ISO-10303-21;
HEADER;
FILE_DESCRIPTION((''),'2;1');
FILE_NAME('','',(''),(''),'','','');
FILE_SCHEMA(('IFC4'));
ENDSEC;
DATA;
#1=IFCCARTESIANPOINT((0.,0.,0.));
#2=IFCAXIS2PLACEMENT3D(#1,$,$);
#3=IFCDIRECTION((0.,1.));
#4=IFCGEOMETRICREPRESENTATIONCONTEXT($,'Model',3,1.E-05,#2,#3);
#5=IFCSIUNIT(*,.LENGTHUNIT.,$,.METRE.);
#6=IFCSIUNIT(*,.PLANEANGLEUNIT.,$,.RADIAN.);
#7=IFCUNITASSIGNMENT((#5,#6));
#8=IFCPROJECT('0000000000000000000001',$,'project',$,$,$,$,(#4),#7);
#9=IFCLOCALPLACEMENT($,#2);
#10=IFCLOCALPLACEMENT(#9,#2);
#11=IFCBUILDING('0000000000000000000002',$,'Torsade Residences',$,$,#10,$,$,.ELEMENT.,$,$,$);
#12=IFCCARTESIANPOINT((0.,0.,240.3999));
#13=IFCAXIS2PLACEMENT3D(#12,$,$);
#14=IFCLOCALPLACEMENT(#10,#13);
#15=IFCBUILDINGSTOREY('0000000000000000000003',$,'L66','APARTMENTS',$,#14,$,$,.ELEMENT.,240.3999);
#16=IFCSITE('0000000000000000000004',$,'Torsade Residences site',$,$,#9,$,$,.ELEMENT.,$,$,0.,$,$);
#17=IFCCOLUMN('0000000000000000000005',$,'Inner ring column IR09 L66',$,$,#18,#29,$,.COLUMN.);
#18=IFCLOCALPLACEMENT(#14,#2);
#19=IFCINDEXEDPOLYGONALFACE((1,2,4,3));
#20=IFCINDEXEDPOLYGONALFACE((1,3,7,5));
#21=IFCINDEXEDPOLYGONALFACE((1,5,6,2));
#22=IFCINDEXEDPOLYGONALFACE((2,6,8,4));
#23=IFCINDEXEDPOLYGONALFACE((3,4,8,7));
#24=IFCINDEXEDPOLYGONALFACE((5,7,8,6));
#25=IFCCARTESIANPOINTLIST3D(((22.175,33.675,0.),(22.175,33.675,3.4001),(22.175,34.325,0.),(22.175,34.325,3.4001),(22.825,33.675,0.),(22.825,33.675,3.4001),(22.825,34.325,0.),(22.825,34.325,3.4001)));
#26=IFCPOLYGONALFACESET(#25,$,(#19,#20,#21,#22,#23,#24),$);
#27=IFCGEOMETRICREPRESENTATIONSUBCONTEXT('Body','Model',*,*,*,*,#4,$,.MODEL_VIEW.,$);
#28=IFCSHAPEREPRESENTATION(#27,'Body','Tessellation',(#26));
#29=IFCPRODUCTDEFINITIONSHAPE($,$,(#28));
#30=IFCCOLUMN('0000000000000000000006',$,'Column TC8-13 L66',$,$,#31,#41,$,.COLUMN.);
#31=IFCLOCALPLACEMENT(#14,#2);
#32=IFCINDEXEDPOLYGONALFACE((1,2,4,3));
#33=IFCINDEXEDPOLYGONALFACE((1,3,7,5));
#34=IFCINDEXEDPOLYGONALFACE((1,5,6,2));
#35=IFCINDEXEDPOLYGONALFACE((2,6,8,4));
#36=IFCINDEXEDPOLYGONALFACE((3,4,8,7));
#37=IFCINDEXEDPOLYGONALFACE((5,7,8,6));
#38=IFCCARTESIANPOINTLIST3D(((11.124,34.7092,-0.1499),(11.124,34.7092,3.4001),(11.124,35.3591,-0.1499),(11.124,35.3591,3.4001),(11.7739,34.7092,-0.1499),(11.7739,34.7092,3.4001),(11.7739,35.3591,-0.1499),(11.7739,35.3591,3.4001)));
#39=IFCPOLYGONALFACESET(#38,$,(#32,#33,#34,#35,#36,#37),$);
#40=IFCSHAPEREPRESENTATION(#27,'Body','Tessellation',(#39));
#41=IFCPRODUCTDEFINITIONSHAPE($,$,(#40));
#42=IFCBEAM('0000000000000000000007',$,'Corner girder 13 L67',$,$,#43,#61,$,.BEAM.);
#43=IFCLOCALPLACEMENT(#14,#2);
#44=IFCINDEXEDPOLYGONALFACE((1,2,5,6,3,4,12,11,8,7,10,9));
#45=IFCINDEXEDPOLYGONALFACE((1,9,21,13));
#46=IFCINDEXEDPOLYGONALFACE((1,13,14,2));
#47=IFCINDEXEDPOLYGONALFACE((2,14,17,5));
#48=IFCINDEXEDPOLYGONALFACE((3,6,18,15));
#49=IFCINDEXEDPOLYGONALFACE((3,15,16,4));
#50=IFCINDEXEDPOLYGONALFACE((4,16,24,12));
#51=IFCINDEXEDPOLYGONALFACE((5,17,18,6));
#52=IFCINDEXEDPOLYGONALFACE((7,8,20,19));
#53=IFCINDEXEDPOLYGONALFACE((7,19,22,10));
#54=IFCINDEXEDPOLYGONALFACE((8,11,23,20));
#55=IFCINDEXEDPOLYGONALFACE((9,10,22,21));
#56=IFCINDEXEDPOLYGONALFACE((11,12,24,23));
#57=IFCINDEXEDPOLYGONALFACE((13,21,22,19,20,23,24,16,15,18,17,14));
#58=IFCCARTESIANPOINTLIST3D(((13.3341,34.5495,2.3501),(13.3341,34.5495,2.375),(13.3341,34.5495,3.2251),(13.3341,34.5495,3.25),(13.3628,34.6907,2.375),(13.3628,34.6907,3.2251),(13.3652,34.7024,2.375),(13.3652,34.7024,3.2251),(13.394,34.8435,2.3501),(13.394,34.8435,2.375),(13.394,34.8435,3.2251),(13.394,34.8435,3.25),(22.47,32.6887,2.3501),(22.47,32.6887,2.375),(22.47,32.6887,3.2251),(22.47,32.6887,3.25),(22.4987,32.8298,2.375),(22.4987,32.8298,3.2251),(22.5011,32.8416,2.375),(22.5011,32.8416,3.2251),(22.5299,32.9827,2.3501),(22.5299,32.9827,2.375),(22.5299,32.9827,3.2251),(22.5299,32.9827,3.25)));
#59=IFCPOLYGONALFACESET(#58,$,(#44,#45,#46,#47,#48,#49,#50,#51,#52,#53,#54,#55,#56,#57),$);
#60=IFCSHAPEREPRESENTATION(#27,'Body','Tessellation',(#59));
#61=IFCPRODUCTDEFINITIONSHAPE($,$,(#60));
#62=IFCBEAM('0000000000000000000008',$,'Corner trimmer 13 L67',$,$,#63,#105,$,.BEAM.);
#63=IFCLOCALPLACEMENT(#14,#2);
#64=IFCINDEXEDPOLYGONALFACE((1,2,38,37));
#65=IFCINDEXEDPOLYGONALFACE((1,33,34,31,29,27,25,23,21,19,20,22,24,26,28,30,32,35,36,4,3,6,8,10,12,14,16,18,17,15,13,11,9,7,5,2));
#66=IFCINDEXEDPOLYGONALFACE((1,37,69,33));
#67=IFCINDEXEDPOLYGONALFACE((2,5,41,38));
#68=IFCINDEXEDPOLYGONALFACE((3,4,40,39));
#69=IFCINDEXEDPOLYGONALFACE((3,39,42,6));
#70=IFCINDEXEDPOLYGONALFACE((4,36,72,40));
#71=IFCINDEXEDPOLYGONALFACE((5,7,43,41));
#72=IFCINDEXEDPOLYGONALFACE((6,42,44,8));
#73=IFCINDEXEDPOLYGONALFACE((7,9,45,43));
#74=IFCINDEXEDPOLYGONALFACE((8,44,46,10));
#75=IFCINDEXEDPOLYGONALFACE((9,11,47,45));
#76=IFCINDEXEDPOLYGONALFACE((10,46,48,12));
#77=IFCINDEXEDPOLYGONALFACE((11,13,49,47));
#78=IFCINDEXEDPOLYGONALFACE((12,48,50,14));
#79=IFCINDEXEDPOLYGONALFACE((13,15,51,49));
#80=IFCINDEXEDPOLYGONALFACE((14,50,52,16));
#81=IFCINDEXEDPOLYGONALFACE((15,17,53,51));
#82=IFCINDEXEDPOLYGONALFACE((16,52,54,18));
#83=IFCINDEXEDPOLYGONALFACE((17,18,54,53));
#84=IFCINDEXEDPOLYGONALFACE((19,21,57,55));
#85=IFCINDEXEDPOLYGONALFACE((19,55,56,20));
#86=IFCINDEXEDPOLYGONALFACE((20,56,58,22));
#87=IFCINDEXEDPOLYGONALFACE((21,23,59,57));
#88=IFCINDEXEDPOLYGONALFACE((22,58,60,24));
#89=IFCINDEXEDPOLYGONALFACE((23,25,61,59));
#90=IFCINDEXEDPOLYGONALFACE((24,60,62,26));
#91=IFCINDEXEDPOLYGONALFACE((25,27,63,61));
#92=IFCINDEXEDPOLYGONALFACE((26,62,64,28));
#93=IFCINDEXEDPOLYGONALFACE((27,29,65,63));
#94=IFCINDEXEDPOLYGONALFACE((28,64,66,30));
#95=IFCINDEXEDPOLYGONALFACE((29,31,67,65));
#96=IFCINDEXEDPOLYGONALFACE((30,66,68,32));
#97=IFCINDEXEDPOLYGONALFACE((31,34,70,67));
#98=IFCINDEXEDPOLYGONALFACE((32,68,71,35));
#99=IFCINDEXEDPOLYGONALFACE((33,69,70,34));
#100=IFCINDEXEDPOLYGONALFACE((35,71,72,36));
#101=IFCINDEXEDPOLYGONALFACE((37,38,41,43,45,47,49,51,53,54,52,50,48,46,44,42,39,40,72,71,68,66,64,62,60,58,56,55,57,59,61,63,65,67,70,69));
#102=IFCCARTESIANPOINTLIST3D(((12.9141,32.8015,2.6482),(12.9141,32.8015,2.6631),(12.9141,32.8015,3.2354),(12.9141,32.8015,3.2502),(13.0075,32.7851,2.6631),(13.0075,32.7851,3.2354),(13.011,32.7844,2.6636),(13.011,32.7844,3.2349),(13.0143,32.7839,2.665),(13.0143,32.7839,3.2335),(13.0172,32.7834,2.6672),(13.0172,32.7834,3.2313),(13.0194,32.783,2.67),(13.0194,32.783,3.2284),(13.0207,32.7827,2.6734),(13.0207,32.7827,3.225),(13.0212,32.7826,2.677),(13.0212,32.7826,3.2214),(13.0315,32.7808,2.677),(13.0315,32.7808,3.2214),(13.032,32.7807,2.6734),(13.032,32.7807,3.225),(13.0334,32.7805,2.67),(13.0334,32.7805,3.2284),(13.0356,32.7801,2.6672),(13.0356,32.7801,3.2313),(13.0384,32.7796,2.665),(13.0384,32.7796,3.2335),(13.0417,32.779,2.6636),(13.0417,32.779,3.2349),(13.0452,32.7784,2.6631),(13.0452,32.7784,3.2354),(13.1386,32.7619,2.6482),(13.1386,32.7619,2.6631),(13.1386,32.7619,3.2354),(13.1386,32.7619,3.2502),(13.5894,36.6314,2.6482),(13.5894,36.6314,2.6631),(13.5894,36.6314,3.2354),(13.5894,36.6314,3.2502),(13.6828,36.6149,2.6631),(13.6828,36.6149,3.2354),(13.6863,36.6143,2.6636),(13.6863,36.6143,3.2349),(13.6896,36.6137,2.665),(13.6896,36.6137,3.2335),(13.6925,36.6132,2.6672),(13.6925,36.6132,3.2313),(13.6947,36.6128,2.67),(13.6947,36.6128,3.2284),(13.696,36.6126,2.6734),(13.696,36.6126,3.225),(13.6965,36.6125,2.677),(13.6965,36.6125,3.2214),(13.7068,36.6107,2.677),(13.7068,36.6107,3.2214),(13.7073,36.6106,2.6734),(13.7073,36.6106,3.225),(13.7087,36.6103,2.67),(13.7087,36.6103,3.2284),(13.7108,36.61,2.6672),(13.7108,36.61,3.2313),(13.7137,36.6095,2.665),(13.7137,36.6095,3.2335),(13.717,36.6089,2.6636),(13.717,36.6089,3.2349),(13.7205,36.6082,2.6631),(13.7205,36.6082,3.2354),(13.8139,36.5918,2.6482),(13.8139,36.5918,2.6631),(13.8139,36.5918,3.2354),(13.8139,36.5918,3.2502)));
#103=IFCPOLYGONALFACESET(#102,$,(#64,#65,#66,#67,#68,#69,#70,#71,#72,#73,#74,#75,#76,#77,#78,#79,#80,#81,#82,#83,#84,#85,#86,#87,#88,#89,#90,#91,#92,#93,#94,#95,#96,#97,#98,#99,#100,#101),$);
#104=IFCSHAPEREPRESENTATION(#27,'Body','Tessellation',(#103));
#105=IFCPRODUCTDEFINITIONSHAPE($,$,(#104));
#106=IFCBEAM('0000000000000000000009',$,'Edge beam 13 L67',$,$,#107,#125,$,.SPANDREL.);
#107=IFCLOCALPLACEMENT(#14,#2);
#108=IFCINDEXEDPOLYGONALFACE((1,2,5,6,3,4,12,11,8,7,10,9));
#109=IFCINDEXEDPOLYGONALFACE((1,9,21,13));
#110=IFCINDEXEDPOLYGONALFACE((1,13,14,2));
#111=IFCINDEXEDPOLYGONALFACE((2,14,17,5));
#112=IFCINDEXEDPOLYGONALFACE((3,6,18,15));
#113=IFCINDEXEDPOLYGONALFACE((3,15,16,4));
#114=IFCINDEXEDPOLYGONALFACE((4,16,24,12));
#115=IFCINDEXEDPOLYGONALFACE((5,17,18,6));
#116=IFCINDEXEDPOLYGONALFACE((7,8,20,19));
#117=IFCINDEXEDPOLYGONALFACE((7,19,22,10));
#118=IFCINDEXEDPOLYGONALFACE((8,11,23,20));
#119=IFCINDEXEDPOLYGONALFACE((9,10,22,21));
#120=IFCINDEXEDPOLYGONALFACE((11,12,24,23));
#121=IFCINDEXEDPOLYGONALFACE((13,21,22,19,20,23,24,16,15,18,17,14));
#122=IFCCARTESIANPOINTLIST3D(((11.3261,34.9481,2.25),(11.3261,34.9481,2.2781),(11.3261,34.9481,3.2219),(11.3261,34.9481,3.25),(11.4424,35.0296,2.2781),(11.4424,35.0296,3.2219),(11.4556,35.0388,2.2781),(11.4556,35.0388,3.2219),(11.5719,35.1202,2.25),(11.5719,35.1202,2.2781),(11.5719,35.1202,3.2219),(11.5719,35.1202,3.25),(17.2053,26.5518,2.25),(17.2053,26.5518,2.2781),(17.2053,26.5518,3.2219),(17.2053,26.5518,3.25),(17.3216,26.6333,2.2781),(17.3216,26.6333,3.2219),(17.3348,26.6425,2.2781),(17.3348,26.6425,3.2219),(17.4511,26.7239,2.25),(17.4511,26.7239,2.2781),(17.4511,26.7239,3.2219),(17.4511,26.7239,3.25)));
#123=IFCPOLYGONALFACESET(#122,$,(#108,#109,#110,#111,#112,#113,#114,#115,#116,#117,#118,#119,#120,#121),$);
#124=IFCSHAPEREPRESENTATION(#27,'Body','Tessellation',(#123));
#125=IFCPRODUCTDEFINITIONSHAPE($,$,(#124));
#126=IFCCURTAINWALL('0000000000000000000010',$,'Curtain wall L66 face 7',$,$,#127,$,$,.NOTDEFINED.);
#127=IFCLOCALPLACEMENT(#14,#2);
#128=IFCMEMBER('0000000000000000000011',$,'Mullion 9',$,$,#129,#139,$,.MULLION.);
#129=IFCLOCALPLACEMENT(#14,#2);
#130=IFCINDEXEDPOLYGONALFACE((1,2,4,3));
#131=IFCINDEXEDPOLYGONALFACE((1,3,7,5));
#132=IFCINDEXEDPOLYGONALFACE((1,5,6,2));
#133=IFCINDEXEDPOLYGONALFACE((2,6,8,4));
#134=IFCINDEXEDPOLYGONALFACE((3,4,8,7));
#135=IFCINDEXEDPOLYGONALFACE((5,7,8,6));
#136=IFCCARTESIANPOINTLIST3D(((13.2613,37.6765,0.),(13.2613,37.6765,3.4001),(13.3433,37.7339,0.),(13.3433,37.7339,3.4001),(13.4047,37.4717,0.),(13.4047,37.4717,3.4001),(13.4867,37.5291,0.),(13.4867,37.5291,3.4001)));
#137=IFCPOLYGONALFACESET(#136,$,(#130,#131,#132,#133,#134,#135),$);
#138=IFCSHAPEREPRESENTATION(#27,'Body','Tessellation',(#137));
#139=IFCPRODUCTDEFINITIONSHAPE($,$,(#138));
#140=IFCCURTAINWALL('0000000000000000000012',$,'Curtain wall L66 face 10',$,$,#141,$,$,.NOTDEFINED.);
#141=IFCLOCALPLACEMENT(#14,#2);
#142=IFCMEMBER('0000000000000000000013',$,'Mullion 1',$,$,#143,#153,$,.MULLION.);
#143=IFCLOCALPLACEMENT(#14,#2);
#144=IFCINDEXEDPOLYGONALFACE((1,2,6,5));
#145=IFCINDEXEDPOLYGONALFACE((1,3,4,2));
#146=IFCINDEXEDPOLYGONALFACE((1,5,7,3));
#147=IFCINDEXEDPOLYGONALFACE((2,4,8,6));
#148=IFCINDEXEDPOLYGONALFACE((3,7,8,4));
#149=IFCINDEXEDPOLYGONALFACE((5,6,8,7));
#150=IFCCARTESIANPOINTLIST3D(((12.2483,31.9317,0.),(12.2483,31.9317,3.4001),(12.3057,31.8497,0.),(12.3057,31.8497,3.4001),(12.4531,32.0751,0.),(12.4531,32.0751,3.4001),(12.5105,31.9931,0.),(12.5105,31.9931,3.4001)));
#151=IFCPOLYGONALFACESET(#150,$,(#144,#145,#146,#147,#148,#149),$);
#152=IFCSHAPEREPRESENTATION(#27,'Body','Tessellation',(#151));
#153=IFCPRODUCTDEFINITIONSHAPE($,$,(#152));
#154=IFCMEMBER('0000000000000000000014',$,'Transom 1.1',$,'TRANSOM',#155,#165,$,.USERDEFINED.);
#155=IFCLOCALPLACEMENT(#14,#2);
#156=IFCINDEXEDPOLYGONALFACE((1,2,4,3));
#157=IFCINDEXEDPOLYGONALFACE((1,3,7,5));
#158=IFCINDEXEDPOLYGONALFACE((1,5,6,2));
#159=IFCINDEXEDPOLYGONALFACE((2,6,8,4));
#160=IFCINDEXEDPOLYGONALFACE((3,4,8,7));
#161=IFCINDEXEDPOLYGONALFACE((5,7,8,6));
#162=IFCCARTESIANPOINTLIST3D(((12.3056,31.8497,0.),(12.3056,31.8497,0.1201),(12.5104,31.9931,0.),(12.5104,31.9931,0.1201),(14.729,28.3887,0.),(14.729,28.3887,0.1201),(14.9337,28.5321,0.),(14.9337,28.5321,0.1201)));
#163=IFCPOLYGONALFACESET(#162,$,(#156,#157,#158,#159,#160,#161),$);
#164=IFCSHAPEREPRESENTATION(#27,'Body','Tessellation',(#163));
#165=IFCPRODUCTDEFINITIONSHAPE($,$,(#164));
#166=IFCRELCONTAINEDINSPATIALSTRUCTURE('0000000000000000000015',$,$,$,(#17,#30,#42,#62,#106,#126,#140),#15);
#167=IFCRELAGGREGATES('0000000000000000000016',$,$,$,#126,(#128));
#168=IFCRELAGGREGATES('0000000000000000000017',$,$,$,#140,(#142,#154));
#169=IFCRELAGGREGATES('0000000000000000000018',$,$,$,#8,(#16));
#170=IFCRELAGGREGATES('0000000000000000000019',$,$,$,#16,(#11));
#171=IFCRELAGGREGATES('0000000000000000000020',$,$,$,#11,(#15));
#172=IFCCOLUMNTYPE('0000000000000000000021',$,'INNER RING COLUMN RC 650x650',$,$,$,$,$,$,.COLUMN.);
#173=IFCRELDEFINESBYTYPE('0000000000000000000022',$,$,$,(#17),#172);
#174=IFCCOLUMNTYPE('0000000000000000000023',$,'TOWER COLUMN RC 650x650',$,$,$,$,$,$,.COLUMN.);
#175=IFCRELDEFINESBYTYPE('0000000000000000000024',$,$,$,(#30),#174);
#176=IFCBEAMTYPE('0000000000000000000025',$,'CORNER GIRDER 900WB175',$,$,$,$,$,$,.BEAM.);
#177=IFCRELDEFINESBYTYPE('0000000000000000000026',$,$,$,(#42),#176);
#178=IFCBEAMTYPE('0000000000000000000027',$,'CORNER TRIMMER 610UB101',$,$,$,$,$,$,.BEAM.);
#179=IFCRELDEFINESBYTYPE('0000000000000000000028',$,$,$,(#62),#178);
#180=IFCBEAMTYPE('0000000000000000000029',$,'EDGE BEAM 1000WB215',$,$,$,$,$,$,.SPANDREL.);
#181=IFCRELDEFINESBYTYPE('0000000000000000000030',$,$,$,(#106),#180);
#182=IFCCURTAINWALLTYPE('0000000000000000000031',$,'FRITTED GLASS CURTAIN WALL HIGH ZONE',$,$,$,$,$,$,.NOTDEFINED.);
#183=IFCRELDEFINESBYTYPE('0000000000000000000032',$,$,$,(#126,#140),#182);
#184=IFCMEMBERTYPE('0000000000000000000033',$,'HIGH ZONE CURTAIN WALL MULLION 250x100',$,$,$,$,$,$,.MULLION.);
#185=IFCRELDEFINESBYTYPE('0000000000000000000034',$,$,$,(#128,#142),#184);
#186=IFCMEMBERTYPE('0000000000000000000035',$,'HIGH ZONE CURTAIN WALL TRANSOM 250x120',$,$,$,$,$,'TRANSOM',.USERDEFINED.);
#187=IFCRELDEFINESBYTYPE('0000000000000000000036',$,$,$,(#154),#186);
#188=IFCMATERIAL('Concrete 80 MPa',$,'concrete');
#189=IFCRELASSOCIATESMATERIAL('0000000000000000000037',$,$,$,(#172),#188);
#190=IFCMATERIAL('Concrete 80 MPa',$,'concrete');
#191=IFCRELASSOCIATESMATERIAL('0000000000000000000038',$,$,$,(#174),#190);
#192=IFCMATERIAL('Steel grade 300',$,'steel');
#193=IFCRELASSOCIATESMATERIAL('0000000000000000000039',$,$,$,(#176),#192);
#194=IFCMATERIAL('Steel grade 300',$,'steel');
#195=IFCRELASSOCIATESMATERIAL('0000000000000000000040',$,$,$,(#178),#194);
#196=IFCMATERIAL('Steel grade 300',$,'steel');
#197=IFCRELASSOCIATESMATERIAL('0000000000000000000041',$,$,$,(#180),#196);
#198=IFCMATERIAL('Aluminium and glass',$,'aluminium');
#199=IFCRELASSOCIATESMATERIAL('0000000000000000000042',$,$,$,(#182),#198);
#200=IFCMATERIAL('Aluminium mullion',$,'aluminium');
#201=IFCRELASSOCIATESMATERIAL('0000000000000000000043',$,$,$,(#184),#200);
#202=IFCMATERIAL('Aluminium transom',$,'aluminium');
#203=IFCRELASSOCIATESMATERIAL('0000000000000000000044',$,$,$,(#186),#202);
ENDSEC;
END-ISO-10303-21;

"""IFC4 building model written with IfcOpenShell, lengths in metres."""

from ifc_helpers import new_model, si_unit, direction, frame, origin, origin_2d, place, context, subcontext, project, spatial, rectangle, i_section, extrude, material, material_profile, profile_set, type_object, element, aggregate, save


model = new_model("IFC4")

# Units and contexts
model_context = context("Model", 3, precision=1e-05, world=origin(), true_north=direction((0.0, 1.0)))
body_context = subcontext(model_context, "Body", "Model", "MODEL_VIEW")
ifc_project = project(units=[si_unit("LENGTHUNIT", "METRE"), si_unit("PLANEANGLEUNIT", "RADIAN")], contexts=[model_context])

# Site, building, storey
site_placement = place(None, origin())
site = spatial("IfcSite", under=ifc_project, at=site_placement, Name="Torsade Residences site", CompositionType="ELEMENT", RefElevation=0.0)
building_placement = place(site_placement, origin())
building = spatial("IfcBuilding", under=site, at=building_placement, Name="Torsade Residences", CompositionType="ELEMENT")
storey_placement = place(building_placement, frame((0.0, 0.0, 240.3999)))
storey = spatial("IfcBuildingStorey", under=building, at=storey_placement, Name="L66", Description="APARTMENTS", CompositionType="ELEMENT", Elevation=240.3999)

# Columns
ifc_material_1 = material(Name="Concrete 80 MPa", Category="concrete")
ifc_material_profile_1 = material_profile(ifc_material_1, rectangle(XDim=0.6499, YDim=0.6499, at=origin_2d()), Name="RC 650x650")
ifc_profile_set_1 = profile_set([ifc_material_profile_1], Name="Concrete 80 MPa")
column_type_1 = type_object("IfcColumnType", Name="INNER RING COLUMN RC 650x650", PredefinedType="COLUMN", material=ifc_profile_set_1)
column_1_placement = place(storey_placement, frame((22.5, 34.0, 0.0), z_axis=(0.0, 0.0, 1.0), x_axis=(1.0, 0.0, 0.0)))
element("IfcColumn", 1, at=column_1_placement, inside=storey, type_object=column_type_1, Name="Inner ring column IR09 L66", PredefinedType="COLUMN", context=body_context, shape_type="SweptSolid", body=[
    extrude(rectangle(XDim=0.6499, YDim=0.6499, at=origin_2d()), origin(), (0.0, 0.0, 1.0), 3.4001),
])
ifc_material_2 = material(Name="Concrete 80 MPa", Category="concrete")
ifc_material_profile_2 = material_profile(ifc_material_2, rectangle(XDim=0.6499, YDim=0.6499, at=origin_2d()), Name="RC 650x650")
ifc_profile_set_2 = profile_set([ifc_material_profile_2], Name="Concrete 80 MPa")
column_type_2 = type_object("IfcColumnType", Name="TOWER COLUMN RC 650x650", PredefinedType="COLUMN", material=ifc_profile_set_2)
column_2_placement = place(storey_placement, frame((11.449, 35.0342, -0.1499), z_axis=(0.0, 0.0, 1.0), x_axis=(1.0, 0.0, 0.0)))
element("IfcColumn", 2, at=column_2_placement, inside=storey, type_object=column_type_2, Name="Column TC8-13 L66", PredefinedType="COLUMN", context=body_context, shape_type="SweptSolid", body=[
    extrude(rectangle(XDim=0.6499, YDim=0.6499, at=origin_2d()), origin(), (0.0, 0.0, 1.0), 3.55),
])

# Beams
ifc_material_3 = material(Name="Steel grade 300", Category="steel")
ifc_material_profile_3 = material_profile(ifc_material_3, i_section(OverallWidth=0.3, OverallDepth=0.8999, WebThickness=0.012, FlangeThickness=0.0249, at=origin_2d()), Name="900WB175")
ifc_profile_set_3 = profile_set([ifc_material_profile_3], Name="Steel grade 300")
beam_type_1 = type_object("IfcBeamType", Name="CORNER GIRDER 900WB175", PredefinedType="BEAM", material=ifc_profile_set_3)
beam_1_placement = place(storey_placement, frame((13.364, 34.6965, 2.8), z_axis=(0.979881, -0.199584, 0.0), x_axis=(0.199584, 0.979881, 0.0)))
element("IfcBeam", 3, at=beam_1_placement, inside=storey, type_object=beam_type_1, Name="Corner girder 13 L67", PredefinedType="BEAM", context=body_context, shape_type="SweptSolid", body=[
    extrude(i_section(OverallWidth=0.3, OverallDepth=0.8999, WebThickness=0.012, FlangeThickness=0.0249, at=origin_2d()), origin(), (0.0, 0.0, 1.0), 9.3235),
])
ifc_material_4 = material(Name="Steel grade 300", Category="steel")
ifc_material_profile_4 = material_profile(ifc_material_4, i_section(OverallWidth=0.228, OverallDepth=0.6021, WebThickness=0.0105, FlangeThickness=0.0149, FilletRadius=0.0139, at=origin_2d()), Name="610UB101")
ifc_profile_set_4 = profile_set([ifc_material_profile_4], Name="Steel grade 300")
beam_type_2 = type_object("IfcBeamType", Name="CORNER TRIMMER 610UB101", PredefinedType="BEAM", material=ifc_profile_set_4)
beam_2_placement = place(storey_placement, frame((13.0264, 32.7817, 2.9492), z_axis=(0.173646, 0.984808, 0.0), x_axis=(-0.984808, 0.173646, 0.0)))
element("IfcBeam", 4, at=beam_2_placement, inside=storey, type_object=beam_type_2, Name="Corner trimmer 13 L67", PredefinedType="BEAM", context=body_context, shape_type="SweptSolid", body=[
    extrude(i_section(OverallWidth=0.228, OverallDepth=0.6021, WebThickness=0.0105, FlangeThickness=0.0149, FilletRadius=0.0139, at=origin_2d()), origin(), (0.0, 0.0, 1.0), 3.8889),
])
ifc_material_5 = material(Name="Steel grade 300", Category="steel")
ifc_material_profile_5 = material_profile(ifc_material_5, i_section(OverallWidth=0.3, OverallDepth=1.0, WebThickness=0.0161, FlangeThickness=0.0281, at=origin_2d()), Name="1000WB215")
ifc_profile_set_5 = profile_set([ifc_material_profile_5], Name="Steel grade 300")
beam_type_3 = type_object("IfcBeamType", Name="EDGE BEAM 1000WB215", PredefinedType="SPANDREL", material=ifc_profile_set_5)
beam_3_placement = place(storey_placement, frame((11.449, 35.0342, 2.75), z_axis=(0.573579, -0.81915, 0.0), x_axis=(0.81915, 0.573579, 0.0)))
element("IfcBeam", 5, at=beam_3_placement, inside=storey, type_object=beam_type_3, Name="Edge beam 13 L67", PredefinedType="SPANDREL", context=body_context, shape_type="SweptSolid", body=[
    extrude(i_section(OverallWidth=0.3, OverallDepth=1.0, WebThickness=0.0161, FlangeThickness=0.0281, at=origin_2d()), origin(), (0.0, 0.0, 1.0), 10.25),
])

# Curtain wall, member
ifc_material_6 = material(Name="Aluminium and glass", Category="aluminium")
curtain_wall_type = type_object("IfcCurtainWallType", Name="FRITTED GLASS CURTAIN WALL HIGH ZONE", PredefinedType="NOTDEFINED", material=ifc_material_6)
curtain_wall_1_placement = place(storey_placement, origin())
curtain_wall_1 = element("IfcCurtainWall", 6, at=curtain_wall_1_placement, inside=storey, type_object=curtain_wall_type, Name="Curtain wall L66 face 7", PredefinedType="NOTDEFINED")
ifc_material_7 = material(Name="Aluminium mullion", Category="aluminium")
ifc_material_profile_6 = material_profile(ifc_material_7, rectangle(XDim=0.25, YDim=0.1001, at=origin_2d()), Name="HIGH ZONE CURTAIN WALL MULLION 250x100")
ifc_profile_set_6 = profile_set([ifc_material_profile_6], Name="Aluminium mullion")
member_type_1 = type_object("IfcMemberType", Name="HIGH ZONE CURTAIN WALL MULLION 250x100", PredefinedType="MULLION", material=ifc_profile_set_6)
member_1_placement = place(storey_placement, frame((13.374, 37.6028, 0.0), z_axis=(0.0, 0.0, 1.0), x_axis=(0.573576, -0.819152, 0.0)))
member_1 = element("IfcMember", 7, at=member_1_placement, type_object=member_type_1, Name="Mullion 9", PredefinedType="MULLION", context=body_context, shape_type="SweptSolid", body=[
    extrude(rectangle(XDim=0.25, YDim=0.1001, at=origin_2d()), origin(), (0.0, 0.0, 1.0), 3.4001),
])
aggregate(curtain_wall_1, [member_1])

# Curtain wall, members
curtain_wall_2_placement = place(storey_placement, origin())
curtain_wall_2 = element("IfcCurtainWall", 8, at=curtain_wall_2_placement, inside=storey, type_object=curtain_wall_type, Name="Curtain wall L66 face 10", PredefinedType="NOTDEFINED")
member_2_placement = place(storey_placement, frame((12.3794, 31.9624, 0.0), z_axis=(0.0, 0.0, 1.0), x_axis=(0.819152, 0.573576, 0.0)))
member_2 = element("IfcMember", 9, at=member_2_placement, type_object=member_type_1, Name="Mullion 1", PredefinedType="MULLION", context=body_context, shape_type="SweptSolid", body=[
    extrude(rectangle(XDim=0.25, YDim=0.1001, at=origin_2d()), origin(), (0.0, 0.0, 1.0), 3.4001),
])
ifc_material_8 = material(Name="Aluminium transom", Category="aluminium")
ifc_material_profile_7 = material_profile(ifc_material_8, rectangle(XDim=0.25, YDim=0.1201, at=origin_2d()), Name="HIGH ZONE CURTAIN WALL TRANSOM 250x120")
ifc_profile_set_7 = profile_set([ifc_material_profile_7], Name="Aluminium transom")
member_type_2 = type_object("IfcMemberType", Name="HIGH ZONE CURTAIN WALL TRANSOM 250x120", ElementType="TRANSOM", PredefinedType="USERDEFINED", material=ifc_profile_set_7)
member_3_placement = place(storey_placement, frame((12.408, 31.9214, 0.0601), z_axis=(0.573571, -0.819156, 0.0), x_axis=(0.819156, 0.573571, 0.0)))
member_3 = element("IfcMember", 10, at=member_3_placement, type_object=member_type_2, Name="Transom 1.1", ObjectType="TRANSOM", PredefinedType="USERDEFINED", context=body_context, shape_type="SweptSolid", body=[
    extrude(rectangle(XDim=0.25, YDim=0.1201, at=origin_2d()), origin(), (0.0, 0.0, 1.0), 4.2251),
])

aggregate(curtain_wall_2, [member_2, member_3])

save(model, "model.ifc")
